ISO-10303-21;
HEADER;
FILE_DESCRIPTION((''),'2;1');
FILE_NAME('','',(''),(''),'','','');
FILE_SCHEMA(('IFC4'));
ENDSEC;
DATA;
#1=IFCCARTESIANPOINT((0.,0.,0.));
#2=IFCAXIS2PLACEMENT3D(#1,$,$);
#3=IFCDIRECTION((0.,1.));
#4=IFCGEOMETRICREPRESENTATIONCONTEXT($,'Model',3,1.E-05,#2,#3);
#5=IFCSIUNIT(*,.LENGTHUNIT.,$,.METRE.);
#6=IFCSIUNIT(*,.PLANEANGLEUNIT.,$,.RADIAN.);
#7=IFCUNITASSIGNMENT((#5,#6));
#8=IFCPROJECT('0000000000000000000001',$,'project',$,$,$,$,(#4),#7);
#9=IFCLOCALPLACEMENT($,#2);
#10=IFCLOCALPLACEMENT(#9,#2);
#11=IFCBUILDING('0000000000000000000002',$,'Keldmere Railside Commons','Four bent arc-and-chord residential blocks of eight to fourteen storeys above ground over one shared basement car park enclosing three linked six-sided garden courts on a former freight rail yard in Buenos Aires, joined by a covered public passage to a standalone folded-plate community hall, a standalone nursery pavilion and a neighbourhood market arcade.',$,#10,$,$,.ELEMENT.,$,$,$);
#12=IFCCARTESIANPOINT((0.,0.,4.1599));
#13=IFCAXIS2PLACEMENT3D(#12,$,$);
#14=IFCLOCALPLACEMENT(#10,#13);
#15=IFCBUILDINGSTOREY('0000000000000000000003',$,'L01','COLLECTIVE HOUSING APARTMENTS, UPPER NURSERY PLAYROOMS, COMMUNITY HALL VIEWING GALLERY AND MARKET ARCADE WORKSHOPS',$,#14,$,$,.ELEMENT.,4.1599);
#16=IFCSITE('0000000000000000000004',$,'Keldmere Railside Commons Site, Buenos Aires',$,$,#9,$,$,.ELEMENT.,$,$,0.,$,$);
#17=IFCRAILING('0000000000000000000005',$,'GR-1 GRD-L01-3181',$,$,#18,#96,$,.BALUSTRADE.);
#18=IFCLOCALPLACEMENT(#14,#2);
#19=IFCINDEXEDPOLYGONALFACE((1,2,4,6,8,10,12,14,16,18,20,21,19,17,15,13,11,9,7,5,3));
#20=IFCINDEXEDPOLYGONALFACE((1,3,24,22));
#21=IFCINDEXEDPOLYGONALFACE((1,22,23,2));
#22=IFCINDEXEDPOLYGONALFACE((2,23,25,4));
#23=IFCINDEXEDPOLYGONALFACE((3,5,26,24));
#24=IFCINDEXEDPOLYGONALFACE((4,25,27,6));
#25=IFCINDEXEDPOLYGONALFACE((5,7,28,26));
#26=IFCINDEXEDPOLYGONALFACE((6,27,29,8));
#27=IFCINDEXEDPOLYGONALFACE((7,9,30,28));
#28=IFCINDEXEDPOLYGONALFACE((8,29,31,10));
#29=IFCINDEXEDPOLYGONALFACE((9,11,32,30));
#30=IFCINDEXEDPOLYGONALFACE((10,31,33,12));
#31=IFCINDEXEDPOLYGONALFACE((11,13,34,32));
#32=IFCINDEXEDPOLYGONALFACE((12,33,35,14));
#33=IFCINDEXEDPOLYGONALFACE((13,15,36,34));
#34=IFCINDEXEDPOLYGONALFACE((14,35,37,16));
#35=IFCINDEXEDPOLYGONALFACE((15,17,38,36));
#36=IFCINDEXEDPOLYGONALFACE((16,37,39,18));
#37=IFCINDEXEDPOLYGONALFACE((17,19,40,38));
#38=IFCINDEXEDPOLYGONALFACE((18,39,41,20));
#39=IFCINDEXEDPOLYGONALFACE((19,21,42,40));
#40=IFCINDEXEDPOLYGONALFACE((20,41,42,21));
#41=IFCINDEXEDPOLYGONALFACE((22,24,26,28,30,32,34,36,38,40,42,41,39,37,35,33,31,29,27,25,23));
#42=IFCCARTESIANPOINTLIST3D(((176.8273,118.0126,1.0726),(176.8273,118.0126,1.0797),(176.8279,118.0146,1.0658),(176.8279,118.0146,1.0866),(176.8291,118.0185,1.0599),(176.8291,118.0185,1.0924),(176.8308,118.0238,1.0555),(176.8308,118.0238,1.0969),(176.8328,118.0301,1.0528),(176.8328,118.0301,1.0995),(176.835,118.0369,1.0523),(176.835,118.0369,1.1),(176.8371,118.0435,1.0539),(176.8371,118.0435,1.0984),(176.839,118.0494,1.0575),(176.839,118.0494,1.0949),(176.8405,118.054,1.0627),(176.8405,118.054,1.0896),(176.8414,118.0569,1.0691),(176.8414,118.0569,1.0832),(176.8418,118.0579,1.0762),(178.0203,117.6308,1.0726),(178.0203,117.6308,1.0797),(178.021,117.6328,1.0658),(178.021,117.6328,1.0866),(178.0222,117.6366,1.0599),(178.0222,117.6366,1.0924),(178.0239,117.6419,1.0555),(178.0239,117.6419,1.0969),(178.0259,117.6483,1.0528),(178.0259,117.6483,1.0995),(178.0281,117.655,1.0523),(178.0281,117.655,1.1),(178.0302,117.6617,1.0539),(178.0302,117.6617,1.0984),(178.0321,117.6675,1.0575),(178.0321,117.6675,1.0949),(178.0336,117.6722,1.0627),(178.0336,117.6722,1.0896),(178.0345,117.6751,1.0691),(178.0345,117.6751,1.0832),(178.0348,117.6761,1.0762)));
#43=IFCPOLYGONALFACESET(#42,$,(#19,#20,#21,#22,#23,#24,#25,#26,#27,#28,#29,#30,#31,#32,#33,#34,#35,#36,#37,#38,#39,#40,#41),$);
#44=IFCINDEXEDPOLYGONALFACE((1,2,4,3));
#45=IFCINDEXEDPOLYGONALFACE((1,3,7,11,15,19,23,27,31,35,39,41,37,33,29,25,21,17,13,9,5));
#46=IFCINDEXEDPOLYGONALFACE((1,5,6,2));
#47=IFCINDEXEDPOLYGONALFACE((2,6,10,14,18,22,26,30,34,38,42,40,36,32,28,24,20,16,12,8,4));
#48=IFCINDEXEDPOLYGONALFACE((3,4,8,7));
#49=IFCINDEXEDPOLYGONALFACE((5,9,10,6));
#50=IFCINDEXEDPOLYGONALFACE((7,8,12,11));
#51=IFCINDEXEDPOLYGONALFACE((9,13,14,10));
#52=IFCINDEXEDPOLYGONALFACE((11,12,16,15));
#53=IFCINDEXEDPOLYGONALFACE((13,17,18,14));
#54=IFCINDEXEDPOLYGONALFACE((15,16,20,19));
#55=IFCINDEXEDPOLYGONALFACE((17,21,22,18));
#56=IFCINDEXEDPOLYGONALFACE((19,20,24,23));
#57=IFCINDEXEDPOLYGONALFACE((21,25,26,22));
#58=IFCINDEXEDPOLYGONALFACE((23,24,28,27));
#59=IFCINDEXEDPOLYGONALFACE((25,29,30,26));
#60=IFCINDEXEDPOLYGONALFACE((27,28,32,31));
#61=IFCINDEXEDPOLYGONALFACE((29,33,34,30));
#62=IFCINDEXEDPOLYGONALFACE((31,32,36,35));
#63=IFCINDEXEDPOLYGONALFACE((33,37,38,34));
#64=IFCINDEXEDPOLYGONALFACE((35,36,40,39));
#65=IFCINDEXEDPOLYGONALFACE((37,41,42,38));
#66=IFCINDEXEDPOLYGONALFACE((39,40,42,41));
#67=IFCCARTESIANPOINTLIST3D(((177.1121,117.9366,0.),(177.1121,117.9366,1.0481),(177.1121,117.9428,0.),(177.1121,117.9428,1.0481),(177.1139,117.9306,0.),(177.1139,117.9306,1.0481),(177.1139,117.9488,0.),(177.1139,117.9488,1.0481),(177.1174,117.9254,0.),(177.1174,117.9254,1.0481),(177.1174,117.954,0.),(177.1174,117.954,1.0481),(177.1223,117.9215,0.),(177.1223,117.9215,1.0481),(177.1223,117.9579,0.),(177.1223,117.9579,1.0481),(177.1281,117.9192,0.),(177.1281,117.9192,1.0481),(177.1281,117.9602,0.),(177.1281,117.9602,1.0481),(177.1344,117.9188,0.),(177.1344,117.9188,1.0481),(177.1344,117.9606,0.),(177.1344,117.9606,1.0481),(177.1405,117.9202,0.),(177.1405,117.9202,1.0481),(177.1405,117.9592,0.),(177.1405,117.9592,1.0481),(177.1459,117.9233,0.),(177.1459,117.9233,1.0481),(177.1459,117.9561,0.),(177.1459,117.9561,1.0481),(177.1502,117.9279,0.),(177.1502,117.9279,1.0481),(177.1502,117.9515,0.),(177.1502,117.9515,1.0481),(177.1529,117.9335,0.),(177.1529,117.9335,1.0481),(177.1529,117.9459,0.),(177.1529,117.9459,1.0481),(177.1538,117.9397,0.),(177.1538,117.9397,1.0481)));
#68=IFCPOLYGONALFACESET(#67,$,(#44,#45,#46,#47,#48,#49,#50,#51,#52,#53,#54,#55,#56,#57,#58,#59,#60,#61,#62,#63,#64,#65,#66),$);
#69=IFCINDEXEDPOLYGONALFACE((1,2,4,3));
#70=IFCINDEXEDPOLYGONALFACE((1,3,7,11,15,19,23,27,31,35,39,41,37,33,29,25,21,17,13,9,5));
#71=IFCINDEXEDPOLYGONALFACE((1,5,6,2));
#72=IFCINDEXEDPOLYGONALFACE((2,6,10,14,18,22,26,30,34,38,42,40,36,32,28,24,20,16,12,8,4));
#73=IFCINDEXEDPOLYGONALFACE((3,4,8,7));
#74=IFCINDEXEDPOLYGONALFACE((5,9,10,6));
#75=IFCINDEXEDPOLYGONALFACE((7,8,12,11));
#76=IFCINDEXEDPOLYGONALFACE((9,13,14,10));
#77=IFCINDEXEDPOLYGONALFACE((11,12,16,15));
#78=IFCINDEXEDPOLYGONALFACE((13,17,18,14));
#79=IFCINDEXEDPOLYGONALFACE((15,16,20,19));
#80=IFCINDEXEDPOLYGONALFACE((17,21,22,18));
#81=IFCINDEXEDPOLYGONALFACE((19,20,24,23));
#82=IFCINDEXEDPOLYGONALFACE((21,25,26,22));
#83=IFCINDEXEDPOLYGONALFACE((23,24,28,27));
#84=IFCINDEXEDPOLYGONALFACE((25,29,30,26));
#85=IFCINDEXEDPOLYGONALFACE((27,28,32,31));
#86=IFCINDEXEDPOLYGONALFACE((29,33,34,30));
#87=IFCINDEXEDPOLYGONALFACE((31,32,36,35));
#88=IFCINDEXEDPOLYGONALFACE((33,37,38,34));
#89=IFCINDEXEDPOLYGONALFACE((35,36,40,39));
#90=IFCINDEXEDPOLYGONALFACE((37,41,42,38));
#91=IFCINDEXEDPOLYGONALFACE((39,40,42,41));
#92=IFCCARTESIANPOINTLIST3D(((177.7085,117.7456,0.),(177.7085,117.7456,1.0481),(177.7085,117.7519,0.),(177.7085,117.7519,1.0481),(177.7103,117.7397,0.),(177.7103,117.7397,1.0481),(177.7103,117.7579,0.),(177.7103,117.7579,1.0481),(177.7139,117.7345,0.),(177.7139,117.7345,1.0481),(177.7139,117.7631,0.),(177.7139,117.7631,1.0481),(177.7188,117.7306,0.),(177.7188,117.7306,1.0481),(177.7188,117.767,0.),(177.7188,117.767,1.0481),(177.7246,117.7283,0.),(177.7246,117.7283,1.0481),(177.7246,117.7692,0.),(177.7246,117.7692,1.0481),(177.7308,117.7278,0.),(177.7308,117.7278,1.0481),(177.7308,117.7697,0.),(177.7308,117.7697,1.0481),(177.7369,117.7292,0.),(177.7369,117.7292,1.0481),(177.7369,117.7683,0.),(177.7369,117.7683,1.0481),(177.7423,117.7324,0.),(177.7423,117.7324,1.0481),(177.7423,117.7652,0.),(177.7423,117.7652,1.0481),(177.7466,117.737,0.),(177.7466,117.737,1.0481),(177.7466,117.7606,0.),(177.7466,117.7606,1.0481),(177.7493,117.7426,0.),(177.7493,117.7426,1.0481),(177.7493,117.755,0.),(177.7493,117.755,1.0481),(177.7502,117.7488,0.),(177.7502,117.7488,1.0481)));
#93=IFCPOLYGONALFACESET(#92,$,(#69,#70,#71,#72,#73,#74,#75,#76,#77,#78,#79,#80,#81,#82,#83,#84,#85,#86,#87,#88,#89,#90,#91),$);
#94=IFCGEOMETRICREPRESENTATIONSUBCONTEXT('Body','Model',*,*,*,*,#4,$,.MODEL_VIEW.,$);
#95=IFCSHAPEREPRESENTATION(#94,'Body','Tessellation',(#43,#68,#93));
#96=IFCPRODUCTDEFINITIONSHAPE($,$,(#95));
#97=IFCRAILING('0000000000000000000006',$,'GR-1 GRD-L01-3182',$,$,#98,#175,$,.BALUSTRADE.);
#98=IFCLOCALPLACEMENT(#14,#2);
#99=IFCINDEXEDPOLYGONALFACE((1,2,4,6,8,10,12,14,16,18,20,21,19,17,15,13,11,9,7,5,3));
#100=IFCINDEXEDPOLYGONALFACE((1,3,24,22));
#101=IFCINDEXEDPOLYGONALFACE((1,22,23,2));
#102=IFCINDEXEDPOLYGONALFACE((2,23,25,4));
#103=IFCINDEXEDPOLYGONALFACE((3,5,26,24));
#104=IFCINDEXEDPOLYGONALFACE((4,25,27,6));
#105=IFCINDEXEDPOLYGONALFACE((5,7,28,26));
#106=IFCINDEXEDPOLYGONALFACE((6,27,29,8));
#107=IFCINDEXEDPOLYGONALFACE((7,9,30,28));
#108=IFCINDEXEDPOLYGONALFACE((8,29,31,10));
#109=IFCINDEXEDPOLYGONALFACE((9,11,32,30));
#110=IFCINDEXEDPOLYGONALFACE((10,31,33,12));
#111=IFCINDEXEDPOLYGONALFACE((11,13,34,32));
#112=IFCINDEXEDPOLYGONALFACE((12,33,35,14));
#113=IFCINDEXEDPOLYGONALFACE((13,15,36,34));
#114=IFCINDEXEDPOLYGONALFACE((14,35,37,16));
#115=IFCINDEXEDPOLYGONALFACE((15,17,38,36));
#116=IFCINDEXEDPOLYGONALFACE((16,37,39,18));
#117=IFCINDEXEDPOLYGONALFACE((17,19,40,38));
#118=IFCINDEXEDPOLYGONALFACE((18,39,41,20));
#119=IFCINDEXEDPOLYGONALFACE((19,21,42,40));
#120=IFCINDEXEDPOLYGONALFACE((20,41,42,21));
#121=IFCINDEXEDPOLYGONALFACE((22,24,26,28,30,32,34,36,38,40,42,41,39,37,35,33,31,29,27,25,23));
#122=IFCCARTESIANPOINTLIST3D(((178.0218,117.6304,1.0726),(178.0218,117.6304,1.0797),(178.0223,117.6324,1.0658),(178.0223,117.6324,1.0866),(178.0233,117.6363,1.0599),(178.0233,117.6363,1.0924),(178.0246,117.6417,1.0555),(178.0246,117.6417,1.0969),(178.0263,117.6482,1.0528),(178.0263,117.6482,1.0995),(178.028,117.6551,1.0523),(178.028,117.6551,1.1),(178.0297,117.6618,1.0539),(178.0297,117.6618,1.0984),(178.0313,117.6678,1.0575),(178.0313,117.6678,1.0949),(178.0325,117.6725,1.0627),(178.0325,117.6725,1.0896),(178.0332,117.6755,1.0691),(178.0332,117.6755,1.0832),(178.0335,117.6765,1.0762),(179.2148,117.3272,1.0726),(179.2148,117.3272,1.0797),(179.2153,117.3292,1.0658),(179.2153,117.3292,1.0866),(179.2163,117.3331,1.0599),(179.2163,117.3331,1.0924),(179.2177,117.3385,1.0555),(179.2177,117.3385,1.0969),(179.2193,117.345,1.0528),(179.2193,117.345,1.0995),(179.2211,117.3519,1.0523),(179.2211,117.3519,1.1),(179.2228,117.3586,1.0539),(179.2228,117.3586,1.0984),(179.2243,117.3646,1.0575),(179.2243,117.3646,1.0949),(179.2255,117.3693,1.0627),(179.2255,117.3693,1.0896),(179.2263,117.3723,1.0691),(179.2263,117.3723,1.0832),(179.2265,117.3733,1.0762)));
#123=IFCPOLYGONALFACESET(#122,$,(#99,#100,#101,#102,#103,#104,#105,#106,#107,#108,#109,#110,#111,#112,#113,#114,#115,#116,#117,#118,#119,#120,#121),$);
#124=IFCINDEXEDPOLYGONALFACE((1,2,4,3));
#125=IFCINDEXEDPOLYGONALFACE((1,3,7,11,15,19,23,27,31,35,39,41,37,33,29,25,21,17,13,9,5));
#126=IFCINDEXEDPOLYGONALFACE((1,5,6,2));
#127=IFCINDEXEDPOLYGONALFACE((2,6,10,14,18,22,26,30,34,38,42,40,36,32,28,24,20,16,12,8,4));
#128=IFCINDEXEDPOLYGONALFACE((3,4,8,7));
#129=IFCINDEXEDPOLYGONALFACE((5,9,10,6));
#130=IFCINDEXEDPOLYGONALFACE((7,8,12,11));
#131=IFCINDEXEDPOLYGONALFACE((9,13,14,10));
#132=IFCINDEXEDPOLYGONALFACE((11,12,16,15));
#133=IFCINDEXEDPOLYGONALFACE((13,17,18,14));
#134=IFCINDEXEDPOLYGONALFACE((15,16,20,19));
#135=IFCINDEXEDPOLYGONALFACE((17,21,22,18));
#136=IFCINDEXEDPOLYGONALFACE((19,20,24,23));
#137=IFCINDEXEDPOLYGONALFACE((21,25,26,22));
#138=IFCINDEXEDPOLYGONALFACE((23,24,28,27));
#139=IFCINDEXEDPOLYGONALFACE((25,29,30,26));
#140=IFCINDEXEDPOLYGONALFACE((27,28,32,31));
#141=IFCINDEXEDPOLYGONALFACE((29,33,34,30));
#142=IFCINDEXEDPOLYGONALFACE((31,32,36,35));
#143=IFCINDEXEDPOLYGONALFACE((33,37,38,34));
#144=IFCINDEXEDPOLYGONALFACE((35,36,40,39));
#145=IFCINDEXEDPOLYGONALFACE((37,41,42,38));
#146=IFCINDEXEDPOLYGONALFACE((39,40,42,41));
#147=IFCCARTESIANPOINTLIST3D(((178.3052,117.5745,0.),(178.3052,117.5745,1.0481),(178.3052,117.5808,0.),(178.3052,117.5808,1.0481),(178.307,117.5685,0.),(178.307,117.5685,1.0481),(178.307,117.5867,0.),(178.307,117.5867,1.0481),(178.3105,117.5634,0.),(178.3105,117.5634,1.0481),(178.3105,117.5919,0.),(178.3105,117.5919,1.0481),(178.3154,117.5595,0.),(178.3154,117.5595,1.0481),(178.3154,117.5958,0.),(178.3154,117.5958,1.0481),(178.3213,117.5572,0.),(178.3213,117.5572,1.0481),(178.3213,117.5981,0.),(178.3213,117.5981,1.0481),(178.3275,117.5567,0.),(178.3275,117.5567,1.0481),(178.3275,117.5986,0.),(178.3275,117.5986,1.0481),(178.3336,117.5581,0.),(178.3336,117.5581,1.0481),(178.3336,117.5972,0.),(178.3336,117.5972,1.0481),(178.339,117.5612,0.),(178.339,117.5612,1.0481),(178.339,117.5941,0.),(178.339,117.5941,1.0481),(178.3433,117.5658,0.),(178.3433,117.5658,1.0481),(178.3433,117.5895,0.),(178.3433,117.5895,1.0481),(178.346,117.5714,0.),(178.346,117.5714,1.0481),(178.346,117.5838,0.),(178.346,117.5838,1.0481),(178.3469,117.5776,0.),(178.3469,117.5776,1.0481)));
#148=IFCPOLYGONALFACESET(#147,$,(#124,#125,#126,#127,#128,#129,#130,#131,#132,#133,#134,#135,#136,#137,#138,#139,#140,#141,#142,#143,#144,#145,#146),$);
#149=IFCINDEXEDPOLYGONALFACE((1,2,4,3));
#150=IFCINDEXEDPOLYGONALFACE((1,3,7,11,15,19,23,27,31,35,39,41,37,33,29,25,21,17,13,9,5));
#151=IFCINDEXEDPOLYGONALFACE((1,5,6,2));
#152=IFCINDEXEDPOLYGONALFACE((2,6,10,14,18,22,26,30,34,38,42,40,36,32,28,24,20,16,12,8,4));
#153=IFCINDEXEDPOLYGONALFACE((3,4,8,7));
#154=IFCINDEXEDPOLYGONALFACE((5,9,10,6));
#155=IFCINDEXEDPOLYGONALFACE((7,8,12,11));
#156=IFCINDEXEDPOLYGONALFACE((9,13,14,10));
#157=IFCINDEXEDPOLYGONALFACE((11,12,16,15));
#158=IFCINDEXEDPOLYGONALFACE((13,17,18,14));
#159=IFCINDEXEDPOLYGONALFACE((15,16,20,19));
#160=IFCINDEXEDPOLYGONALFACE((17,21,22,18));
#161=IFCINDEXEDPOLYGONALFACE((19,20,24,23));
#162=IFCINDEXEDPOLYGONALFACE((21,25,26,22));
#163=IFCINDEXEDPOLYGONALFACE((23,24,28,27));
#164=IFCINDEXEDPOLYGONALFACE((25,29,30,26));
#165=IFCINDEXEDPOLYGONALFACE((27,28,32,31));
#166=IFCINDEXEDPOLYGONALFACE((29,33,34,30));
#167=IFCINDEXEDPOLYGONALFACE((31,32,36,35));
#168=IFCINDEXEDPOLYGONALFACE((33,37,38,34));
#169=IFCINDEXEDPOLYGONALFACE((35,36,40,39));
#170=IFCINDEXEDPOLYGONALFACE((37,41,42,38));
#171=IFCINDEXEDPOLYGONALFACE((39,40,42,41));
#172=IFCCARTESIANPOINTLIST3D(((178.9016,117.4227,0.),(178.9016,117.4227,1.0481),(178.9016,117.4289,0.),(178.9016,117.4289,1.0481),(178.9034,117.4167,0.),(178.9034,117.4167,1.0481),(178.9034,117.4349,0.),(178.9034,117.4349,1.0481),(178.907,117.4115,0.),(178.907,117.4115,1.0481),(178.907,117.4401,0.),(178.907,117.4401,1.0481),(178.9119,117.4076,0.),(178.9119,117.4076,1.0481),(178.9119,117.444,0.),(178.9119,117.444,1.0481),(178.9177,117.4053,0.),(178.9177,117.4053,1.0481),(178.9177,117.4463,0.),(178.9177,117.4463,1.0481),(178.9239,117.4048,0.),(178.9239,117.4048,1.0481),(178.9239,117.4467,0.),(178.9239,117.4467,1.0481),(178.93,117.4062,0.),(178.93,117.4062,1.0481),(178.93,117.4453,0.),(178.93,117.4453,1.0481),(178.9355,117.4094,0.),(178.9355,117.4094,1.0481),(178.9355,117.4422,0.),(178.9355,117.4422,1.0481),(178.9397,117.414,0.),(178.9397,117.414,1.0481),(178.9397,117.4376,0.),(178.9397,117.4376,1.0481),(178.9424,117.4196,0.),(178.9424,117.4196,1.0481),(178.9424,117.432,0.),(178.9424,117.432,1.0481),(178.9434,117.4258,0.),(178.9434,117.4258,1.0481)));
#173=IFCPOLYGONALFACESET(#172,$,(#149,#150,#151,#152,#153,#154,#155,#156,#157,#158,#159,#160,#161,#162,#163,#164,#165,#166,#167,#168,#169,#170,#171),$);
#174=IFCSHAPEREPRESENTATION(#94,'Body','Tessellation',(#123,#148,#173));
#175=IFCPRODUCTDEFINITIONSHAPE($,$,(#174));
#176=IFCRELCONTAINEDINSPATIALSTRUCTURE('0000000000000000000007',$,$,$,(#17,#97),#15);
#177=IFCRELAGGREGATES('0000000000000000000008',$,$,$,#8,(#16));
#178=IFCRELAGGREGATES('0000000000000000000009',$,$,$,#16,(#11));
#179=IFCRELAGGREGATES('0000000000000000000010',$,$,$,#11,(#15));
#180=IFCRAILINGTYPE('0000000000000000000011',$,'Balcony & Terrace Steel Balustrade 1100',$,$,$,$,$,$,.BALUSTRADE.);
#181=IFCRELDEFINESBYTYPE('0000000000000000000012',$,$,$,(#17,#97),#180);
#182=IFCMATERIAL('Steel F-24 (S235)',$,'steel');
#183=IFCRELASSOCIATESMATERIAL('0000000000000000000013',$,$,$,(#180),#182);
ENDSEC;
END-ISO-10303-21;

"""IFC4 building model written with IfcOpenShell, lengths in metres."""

from ifc_helpers import new_model, si_unit, direction, frame, origin, origin_2d, place, context, subcontext, project, spatial, circle, extrude, material, type_object, element, save


model = new_model("IFC4")

# Units and contexts
model_context = context("Model", 3, precision=1e-05, world=origin(), true_north=direction((0.0, 1.0)))
body_context = subcontext(model_context, "Body", "Model", "MODEL_VIEW")
ifc_project = project(units=[si_unit("LENGTHUNIT", "METRE"), si_unit("PLANEANGLEUNIT", "RADIAN")], contexts=[model_context])

# Site, building, storey
site_placement = place(None, origin())
site = spatial("IfcSite", under=ifc_project, at=site_placement, Name="Keldmere Railside Commons Site, Buenos Aires", CompositionType="ELEMENT", RefElevation=0.0)
building_placement = place(site_placement, origin())
building = spatial("IfcBuilding", under=site, at=building_placement, Name="Keldmere Railside Commons", Description="Four bent arc-and-chord residential blocks of eight to fourteen storeys above ground over one shared basement car park enclosing three linked six-sided garden courts on a former freight rail yard in Buenos Aires, joined by a covered public passage to a standalone folded-plate community hall, a standalone nursery pavilion and a neighbourhood market arcade.", CompositionType="ELEMENT")
storey_placement = place(building_placement, frame((0.0, 0.0, 4.1599)))
storey = spatial("IfcBuildingStorey", under=building, at=storey_placement, Name="L01", Description="COLLECTIVE HOUSING APARTMENTS, UPPER NURSERY PLAYROOMS, COMMUNITY HALL VIEWING GALLERY AND MARKET ARCADE WORKSHOPS", CompositionType="ELEMENT", Elevation=4.1599)

# Railings
ifc_material_1 = material(Name="Steel F-24 (S235)", Category="steel")
railing_type = type_object("IfcRailingType", Name="Balcony & Terrace Steel Balustrade 1100", PredefinedType="BALUSTRADE", material=ifc_material_1)
railing_1_placement = place(storey_placement, frame((176.8345, 118.0352, 0.0)))
element("IfcRailing", 1, at=railing_1_placement, inside=storey, type_object=railing_type, Name="GR-1 GRD-L01-3181", PredefinedType="BALUSTRADE", context=body_context, shape_type="SweptSolid", body=[
    extrude(circle(Radius=0.0239, at=origin_2d()), frame((0.0, 0.0, 1.0762), z_axis=(0.952415, -0.304804, 0.0), x_axis=(0.304804, 0.952415, 0.0)), (0.0, 0.0, 1.0), 1.2527),
    extrude(circle(Radius=0.021, at=origin_2d()), frame((0.2983, -0.0955, 0.0)), (0.0, 0.0, 1.0), 1.0481),
    extrude(circle(Radius=0.021, at=origin_2d()), frame((0.8948, -0.2864, 0.0)), (0.0, 0.0, 1.0), 1.0481),
])
railing_2_placement = place(storey_placement, frame((178.0276, 117.6533, 0.0)))
element("IfcRailing", 2, at=railing_2_placement, inside=storey, type_object=railing_type, Name="GR-1 GRD-L01-3182", PredefinedType="BALUSTRADE", context=body_context, shape_type="SweptSolid", body=[
    extrude(circle(Radius=0.0239, at=origin_2d()), frame((0.0, 0.0, 1.0762), z_axis=(0.96919, -0.246314, 0.0), x_axis=(0.246314, 0.96919, 0.0)), (0.0, 0.0, 1.0), 1.231),
    extrude(circle(Radius=0.021, at=origin_2d()), frame((0.2983, -0.0757, 0.0)), (0.0, 0.0, 1.0), 1.0481),
    extrude(circle(Radius=0.021, at=origin_2d()), frame((0.8948, -0.2275, 0.0)), (0.0, 0.0, 1.0), 1.0481),
])

save(model, "model.ifc")
